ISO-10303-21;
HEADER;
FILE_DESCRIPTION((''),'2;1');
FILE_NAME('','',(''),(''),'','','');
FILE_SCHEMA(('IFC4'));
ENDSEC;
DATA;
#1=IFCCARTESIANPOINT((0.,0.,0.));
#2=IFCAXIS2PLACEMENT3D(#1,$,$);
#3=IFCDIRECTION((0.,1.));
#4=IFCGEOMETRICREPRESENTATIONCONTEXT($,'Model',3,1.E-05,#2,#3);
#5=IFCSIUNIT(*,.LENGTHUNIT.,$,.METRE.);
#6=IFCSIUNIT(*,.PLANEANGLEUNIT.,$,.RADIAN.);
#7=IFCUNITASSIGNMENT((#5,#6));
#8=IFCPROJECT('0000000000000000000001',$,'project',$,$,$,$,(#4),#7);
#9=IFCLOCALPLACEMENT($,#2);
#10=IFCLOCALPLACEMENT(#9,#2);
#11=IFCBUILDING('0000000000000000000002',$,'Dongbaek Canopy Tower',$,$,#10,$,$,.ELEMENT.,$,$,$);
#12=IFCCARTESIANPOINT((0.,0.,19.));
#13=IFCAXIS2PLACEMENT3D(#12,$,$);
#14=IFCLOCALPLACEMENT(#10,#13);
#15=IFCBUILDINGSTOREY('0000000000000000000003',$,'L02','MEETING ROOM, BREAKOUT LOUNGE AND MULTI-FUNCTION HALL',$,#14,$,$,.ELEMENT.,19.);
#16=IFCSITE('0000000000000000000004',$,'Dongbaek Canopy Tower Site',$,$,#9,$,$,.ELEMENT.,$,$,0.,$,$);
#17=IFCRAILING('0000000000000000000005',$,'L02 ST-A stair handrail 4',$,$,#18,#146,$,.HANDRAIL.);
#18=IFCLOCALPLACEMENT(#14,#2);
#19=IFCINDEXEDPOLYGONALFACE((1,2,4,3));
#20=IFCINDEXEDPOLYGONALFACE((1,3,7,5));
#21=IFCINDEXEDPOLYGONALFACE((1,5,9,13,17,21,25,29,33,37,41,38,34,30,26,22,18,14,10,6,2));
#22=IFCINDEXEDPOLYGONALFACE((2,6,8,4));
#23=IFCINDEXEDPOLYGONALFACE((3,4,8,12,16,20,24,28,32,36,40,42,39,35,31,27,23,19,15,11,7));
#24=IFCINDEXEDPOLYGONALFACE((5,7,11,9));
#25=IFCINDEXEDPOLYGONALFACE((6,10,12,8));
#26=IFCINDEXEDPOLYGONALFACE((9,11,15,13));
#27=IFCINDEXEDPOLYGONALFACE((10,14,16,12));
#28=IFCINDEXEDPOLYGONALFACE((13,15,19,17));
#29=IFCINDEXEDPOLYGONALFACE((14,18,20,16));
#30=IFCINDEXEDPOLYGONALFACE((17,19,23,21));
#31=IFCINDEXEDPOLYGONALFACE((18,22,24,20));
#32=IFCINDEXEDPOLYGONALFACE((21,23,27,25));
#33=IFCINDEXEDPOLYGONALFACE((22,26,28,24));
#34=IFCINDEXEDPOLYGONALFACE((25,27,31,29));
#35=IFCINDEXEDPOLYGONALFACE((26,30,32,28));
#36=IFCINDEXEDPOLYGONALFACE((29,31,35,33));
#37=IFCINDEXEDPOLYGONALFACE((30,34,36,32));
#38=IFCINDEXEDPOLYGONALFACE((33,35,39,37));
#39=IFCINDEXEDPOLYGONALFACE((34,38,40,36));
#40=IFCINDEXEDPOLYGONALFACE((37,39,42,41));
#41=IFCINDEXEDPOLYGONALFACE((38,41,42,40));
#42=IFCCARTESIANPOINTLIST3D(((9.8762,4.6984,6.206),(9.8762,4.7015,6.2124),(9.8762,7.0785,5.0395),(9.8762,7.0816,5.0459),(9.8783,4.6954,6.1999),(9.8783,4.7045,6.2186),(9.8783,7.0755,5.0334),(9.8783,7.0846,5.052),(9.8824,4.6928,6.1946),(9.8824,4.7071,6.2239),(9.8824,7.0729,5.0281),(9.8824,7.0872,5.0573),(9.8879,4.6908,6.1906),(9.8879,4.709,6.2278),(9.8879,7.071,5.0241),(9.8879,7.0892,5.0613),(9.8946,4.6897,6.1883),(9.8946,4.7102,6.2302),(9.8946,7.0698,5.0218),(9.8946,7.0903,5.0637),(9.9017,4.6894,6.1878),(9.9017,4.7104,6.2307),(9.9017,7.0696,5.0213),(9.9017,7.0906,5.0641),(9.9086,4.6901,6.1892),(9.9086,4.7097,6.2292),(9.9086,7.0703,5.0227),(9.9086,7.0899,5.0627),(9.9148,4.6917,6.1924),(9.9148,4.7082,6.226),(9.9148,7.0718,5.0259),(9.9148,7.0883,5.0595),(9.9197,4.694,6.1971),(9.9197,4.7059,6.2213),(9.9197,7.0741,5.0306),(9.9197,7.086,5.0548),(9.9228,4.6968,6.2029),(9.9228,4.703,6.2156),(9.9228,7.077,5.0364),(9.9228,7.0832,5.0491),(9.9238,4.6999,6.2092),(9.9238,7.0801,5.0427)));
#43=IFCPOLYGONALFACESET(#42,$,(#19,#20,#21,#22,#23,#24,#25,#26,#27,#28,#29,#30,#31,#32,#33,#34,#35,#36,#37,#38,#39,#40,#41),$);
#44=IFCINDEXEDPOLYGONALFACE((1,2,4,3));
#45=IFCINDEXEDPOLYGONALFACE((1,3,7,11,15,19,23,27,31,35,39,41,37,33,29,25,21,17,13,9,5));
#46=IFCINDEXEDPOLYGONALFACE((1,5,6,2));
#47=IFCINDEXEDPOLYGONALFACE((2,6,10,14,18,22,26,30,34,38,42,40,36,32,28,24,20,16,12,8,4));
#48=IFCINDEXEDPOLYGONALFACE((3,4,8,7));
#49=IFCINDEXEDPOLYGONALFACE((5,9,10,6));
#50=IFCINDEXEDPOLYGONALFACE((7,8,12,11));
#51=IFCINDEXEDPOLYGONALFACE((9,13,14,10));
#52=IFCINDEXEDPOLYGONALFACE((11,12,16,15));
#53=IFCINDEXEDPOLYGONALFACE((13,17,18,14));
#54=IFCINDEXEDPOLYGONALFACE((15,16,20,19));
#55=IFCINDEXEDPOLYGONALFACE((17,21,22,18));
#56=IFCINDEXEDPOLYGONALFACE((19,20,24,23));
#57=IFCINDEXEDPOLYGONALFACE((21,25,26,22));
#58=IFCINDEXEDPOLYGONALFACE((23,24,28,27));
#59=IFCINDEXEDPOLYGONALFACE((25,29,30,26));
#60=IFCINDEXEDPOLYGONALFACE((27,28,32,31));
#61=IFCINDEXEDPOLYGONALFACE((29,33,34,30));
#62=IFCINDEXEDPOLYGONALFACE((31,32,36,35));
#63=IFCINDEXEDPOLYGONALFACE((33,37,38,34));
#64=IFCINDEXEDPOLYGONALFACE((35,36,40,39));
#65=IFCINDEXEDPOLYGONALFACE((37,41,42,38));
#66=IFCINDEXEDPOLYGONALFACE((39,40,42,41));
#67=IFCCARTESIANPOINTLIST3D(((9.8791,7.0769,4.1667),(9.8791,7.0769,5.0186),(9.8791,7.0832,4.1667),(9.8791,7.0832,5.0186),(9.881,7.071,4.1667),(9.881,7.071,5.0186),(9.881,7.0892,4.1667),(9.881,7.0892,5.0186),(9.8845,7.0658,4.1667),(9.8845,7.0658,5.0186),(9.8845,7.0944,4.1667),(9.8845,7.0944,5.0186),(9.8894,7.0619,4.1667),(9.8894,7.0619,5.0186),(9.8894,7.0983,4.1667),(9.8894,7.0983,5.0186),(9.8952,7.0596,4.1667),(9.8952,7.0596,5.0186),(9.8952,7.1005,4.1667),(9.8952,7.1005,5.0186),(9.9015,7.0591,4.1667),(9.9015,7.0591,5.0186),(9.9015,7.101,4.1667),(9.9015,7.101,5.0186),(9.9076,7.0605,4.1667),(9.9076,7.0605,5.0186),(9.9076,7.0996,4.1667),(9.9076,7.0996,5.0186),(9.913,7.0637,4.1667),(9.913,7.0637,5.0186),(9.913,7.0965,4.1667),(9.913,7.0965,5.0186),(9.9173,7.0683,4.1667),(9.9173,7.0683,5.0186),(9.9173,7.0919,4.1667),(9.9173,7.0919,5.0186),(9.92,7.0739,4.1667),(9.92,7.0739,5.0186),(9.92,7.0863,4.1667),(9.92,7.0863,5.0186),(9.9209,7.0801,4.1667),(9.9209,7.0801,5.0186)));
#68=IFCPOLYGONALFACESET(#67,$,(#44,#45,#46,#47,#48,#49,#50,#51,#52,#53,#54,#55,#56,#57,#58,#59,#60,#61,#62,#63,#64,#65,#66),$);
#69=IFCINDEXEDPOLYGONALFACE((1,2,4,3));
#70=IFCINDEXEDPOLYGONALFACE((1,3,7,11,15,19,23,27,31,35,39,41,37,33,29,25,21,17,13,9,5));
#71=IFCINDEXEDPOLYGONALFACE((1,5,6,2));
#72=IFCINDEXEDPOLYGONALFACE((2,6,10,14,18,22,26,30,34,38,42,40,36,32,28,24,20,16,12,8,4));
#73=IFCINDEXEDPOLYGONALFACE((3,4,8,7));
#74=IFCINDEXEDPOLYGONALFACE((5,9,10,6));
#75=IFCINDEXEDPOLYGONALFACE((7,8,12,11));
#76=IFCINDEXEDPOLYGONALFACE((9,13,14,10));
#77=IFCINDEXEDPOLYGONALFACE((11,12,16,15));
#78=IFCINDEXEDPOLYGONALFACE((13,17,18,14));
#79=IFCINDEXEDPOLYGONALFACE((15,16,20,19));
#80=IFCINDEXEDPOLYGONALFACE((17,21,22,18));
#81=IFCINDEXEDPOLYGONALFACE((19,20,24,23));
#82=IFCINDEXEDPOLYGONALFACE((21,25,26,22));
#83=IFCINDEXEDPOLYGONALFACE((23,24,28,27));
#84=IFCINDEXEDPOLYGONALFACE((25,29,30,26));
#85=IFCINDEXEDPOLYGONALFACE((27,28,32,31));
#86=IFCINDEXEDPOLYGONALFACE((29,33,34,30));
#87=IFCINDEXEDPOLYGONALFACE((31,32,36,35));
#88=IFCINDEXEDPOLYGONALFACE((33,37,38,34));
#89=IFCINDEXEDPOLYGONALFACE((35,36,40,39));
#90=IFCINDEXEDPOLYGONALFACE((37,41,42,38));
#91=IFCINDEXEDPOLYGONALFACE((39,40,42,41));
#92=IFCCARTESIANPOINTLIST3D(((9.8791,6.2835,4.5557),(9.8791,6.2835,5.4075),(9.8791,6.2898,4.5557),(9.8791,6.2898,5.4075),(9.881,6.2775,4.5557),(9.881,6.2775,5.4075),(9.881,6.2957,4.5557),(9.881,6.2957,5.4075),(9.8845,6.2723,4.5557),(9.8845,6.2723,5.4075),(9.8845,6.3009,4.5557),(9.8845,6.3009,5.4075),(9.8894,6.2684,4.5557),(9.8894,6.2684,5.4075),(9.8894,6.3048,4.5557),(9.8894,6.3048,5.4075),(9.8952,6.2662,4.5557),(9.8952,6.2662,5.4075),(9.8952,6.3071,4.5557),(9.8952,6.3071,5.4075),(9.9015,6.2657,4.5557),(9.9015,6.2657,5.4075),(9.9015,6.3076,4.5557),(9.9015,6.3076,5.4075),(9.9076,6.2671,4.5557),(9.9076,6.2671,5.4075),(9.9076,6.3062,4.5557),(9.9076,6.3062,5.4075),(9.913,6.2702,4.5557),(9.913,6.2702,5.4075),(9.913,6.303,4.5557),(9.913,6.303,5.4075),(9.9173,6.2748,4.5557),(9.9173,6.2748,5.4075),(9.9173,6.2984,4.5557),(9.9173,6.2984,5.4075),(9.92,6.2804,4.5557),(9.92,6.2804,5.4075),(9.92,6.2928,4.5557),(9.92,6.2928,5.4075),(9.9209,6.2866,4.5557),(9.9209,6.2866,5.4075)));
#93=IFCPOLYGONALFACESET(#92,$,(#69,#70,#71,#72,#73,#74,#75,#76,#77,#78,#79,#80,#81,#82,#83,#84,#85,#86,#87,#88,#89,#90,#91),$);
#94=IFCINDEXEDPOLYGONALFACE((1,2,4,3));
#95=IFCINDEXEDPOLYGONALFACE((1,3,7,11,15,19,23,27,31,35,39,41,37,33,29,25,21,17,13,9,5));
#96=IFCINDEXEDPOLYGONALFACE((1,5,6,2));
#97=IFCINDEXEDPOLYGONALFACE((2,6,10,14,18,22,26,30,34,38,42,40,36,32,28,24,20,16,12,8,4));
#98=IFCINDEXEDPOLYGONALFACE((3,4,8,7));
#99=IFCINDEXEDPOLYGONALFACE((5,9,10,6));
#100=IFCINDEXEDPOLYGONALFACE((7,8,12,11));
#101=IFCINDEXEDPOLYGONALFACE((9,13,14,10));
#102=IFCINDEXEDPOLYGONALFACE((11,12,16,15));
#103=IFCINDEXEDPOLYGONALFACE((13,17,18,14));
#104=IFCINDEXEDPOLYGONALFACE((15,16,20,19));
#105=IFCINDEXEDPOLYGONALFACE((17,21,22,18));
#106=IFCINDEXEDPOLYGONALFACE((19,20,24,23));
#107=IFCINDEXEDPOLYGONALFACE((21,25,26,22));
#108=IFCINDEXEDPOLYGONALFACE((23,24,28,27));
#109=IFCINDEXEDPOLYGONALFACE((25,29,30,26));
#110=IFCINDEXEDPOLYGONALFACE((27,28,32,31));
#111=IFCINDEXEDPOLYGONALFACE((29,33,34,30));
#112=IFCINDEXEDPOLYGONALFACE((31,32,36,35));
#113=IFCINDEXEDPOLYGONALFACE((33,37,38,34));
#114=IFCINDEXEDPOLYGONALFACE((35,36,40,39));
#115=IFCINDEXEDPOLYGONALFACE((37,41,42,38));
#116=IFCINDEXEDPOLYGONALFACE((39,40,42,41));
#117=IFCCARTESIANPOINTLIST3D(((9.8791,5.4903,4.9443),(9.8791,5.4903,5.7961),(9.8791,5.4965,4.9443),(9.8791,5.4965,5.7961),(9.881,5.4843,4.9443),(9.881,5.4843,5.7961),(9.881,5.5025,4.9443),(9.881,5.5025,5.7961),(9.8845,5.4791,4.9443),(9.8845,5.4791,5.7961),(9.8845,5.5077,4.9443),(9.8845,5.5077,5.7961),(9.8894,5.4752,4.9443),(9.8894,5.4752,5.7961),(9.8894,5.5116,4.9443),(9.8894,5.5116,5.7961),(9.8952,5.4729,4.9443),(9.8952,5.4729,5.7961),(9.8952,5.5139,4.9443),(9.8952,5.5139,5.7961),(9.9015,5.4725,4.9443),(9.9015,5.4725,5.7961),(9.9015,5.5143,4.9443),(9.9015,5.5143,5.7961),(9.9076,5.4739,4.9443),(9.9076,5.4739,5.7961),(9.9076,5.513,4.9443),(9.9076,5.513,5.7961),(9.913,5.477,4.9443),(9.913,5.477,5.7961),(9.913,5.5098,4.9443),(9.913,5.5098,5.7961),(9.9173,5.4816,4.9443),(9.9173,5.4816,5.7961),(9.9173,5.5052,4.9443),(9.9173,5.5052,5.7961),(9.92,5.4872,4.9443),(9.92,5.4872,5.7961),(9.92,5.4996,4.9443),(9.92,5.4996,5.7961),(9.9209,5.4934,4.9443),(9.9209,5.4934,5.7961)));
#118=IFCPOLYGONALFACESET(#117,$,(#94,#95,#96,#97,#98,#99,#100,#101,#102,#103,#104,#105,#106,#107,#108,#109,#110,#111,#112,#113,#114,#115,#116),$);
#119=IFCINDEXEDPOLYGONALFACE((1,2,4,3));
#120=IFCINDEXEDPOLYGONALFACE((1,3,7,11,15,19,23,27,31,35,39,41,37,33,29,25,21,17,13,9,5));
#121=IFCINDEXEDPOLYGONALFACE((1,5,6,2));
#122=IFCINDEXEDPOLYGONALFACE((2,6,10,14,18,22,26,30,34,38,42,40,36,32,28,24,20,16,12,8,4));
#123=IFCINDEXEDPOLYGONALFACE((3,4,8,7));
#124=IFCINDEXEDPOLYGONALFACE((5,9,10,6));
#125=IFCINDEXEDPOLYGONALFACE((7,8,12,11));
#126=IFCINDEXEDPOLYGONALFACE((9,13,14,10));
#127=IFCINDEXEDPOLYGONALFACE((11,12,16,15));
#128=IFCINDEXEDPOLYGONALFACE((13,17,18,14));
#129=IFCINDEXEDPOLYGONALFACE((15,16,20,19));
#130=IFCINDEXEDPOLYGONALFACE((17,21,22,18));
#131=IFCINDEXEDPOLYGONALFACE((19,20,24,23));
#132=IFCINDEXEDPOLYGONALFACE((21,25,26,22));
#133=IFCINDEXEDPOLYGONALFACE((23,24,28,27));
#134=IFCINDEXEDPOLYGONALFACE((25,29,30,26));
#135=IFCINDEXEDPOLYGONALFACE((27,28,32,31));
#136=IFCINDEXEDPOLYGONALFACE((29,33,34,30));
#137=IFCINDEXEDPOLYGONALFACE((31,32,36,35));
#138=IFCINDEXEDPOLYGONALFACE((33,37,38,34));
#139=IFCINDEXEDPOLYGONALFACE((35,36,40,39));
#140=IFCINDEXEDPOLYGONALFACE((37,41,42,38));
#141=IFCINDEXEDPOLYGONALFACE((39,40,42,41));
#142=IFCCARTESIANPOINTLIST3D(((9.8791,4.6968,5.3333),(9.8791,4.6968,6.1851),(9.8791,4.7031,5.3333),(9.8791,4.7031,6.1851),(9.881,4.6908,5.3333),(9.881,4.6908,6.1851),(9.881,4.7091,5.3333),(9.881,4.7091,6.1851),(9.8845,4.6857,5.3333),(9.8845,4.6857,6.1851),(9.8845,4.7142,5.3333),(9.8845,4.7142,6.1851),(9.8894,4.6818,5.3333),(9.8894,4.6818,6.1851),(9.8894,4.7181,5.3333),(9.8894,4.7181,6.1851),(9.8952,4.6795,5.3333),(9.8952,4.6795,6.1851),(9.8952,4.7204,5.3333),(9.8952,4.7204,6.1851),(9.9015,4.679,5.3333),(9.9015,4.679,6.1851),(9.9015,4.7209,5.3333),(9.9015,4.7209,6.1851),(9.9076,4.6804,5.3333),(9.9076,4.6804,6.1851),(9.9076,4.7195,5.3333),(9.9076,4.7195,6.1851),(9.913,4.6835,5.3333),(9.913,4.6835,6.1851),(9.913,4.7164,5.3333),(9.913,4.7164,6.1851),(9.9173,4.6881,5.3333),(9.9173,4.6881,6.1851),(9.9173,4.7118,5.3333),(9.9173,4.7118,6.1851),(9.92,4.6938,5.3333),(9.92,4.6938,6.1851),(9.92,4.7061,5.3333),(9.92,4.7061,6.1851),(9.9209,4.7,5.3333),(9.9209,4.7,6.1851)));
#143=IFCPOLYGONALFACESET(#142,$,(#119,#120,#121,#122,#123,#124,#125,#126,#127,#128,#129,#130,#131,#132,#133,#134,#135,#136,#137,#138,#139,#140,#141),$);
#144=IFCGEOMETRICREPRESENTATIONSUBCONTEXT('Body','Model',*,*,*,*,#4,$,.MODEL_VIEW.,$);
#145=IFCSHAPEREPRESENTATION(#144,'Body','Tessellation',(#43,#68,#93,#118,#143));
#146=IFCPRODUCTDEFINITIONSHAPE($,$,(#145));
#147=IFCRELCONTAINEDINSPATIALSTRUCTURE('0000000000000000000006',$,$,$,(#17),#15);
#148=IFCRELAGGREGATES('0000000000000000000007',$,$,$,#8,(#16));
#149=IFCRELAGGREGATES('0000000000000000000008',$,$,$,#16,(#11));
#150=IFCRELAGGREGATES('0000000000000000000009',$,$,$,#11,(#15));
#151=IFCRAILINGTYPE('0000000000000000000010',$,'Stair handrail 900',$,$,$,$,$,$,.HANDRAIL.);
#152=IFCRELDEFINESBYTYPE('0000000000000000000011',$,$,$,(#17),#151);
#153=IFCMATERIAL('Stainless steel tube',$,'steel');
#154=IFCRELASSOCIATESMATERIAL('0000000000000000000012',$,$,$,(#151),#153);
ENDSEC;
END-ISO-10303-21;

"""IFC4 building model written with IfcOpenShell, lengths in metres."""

from ifc_helpers import new_model, si_unit, direction, frame, origin, origin_2d, place, context, subcontext, project, spatial, circle, extrude, material, type_object, element, save


model = new_model("IFC4")

# Units and contexts
model_context = context("Model", 3, precision=1e-05, world=origin(), true_north=direction((0.0, 1.0)))
body_context = subcontext(model_context, "Body", "Model", "MODEL_VIEW")
ifc_project = project(units=[si_unit("LENGTHUNIT", "METRE"), si_unit("PLANEANGLEUNIT", "RADIAN")], contexts=[model_context])

# Site, building, storey
site_placement = place(None, origin())
site = spatial("IfcSite", under=ifc_project, at=site_placement, Name="Dongbaek Canopy Tower Site", CompositionType="ELEMENT", RefElevation=0.0)
building_placement = place(site_placement, origin())
building = spatial("IfcBuilding", under=site, at=building_placement, Name="Dongbaek Canopy Tower", CompositionType="ELEMENT")
storey_placement = place(building_placement, frame((0.0, 0.0, 19.0)))
storey = spatial("IfcBuildingStorey", under=building, at=storey_placement, Name="L02", Description="MEETING ROOM, BREAKOUT LOUNGE AND MULTI-FUNCTION HALL", CompositionType="ELEMENT", Elevation=19.0)

# Railing
ifc_material_1 = material(Name="Stainless steel tube", Category="steel")
railing_type = type_object("IfcRailingType", Name="Stair handrail 900", PredefinedType="HANDRAIL", material=ifc_material_1)
railing_1_placement = place(storey_placement, frame((9.8999, 7.0801, 4.1667)))
element("IfcRailing", 1, at=railing_1_placement, inside=storey, type_object=railing_type, Name="L02 ST-A stair handrail 4", PredefinedType="HANDRAIL", context=body_context, shape_type="SweptSolid", body=[
    extrude(circle(Radius=0.0239, at=origin_2d()), frame((0.0, 0.0, 0.876), z_axis=(0.0, -0.897954, 0.440089), x_axis=(1.0, 0.0, 0.0)), (0.0, 0.0, 1.0), 2.6506),
    extrude(circle(Radius=0.021, at=origin_2d()), origin(), (0.0, 0.0, 1.0), 0.8518),
    extrude(circle(Radius=0.021, at=origin_2d()), frame((0.0, -0.7935, 0.3889)), (0.0, 0.0, 1.0), 0.8518),
    extrude(circle(Radius=0.021, at=origin_2d()), frame((0.0, -1.5867, 0.7776)), (0.0, 0.0, 1.0), 0.8518),
    extrude(circle(Radius=0.021, at=origin_2d()), frame((0.0, -2.3801, 1.1665)), (0.0, 0.0, 1.0), 0.8518),
])

save(model, "model.ifc")
